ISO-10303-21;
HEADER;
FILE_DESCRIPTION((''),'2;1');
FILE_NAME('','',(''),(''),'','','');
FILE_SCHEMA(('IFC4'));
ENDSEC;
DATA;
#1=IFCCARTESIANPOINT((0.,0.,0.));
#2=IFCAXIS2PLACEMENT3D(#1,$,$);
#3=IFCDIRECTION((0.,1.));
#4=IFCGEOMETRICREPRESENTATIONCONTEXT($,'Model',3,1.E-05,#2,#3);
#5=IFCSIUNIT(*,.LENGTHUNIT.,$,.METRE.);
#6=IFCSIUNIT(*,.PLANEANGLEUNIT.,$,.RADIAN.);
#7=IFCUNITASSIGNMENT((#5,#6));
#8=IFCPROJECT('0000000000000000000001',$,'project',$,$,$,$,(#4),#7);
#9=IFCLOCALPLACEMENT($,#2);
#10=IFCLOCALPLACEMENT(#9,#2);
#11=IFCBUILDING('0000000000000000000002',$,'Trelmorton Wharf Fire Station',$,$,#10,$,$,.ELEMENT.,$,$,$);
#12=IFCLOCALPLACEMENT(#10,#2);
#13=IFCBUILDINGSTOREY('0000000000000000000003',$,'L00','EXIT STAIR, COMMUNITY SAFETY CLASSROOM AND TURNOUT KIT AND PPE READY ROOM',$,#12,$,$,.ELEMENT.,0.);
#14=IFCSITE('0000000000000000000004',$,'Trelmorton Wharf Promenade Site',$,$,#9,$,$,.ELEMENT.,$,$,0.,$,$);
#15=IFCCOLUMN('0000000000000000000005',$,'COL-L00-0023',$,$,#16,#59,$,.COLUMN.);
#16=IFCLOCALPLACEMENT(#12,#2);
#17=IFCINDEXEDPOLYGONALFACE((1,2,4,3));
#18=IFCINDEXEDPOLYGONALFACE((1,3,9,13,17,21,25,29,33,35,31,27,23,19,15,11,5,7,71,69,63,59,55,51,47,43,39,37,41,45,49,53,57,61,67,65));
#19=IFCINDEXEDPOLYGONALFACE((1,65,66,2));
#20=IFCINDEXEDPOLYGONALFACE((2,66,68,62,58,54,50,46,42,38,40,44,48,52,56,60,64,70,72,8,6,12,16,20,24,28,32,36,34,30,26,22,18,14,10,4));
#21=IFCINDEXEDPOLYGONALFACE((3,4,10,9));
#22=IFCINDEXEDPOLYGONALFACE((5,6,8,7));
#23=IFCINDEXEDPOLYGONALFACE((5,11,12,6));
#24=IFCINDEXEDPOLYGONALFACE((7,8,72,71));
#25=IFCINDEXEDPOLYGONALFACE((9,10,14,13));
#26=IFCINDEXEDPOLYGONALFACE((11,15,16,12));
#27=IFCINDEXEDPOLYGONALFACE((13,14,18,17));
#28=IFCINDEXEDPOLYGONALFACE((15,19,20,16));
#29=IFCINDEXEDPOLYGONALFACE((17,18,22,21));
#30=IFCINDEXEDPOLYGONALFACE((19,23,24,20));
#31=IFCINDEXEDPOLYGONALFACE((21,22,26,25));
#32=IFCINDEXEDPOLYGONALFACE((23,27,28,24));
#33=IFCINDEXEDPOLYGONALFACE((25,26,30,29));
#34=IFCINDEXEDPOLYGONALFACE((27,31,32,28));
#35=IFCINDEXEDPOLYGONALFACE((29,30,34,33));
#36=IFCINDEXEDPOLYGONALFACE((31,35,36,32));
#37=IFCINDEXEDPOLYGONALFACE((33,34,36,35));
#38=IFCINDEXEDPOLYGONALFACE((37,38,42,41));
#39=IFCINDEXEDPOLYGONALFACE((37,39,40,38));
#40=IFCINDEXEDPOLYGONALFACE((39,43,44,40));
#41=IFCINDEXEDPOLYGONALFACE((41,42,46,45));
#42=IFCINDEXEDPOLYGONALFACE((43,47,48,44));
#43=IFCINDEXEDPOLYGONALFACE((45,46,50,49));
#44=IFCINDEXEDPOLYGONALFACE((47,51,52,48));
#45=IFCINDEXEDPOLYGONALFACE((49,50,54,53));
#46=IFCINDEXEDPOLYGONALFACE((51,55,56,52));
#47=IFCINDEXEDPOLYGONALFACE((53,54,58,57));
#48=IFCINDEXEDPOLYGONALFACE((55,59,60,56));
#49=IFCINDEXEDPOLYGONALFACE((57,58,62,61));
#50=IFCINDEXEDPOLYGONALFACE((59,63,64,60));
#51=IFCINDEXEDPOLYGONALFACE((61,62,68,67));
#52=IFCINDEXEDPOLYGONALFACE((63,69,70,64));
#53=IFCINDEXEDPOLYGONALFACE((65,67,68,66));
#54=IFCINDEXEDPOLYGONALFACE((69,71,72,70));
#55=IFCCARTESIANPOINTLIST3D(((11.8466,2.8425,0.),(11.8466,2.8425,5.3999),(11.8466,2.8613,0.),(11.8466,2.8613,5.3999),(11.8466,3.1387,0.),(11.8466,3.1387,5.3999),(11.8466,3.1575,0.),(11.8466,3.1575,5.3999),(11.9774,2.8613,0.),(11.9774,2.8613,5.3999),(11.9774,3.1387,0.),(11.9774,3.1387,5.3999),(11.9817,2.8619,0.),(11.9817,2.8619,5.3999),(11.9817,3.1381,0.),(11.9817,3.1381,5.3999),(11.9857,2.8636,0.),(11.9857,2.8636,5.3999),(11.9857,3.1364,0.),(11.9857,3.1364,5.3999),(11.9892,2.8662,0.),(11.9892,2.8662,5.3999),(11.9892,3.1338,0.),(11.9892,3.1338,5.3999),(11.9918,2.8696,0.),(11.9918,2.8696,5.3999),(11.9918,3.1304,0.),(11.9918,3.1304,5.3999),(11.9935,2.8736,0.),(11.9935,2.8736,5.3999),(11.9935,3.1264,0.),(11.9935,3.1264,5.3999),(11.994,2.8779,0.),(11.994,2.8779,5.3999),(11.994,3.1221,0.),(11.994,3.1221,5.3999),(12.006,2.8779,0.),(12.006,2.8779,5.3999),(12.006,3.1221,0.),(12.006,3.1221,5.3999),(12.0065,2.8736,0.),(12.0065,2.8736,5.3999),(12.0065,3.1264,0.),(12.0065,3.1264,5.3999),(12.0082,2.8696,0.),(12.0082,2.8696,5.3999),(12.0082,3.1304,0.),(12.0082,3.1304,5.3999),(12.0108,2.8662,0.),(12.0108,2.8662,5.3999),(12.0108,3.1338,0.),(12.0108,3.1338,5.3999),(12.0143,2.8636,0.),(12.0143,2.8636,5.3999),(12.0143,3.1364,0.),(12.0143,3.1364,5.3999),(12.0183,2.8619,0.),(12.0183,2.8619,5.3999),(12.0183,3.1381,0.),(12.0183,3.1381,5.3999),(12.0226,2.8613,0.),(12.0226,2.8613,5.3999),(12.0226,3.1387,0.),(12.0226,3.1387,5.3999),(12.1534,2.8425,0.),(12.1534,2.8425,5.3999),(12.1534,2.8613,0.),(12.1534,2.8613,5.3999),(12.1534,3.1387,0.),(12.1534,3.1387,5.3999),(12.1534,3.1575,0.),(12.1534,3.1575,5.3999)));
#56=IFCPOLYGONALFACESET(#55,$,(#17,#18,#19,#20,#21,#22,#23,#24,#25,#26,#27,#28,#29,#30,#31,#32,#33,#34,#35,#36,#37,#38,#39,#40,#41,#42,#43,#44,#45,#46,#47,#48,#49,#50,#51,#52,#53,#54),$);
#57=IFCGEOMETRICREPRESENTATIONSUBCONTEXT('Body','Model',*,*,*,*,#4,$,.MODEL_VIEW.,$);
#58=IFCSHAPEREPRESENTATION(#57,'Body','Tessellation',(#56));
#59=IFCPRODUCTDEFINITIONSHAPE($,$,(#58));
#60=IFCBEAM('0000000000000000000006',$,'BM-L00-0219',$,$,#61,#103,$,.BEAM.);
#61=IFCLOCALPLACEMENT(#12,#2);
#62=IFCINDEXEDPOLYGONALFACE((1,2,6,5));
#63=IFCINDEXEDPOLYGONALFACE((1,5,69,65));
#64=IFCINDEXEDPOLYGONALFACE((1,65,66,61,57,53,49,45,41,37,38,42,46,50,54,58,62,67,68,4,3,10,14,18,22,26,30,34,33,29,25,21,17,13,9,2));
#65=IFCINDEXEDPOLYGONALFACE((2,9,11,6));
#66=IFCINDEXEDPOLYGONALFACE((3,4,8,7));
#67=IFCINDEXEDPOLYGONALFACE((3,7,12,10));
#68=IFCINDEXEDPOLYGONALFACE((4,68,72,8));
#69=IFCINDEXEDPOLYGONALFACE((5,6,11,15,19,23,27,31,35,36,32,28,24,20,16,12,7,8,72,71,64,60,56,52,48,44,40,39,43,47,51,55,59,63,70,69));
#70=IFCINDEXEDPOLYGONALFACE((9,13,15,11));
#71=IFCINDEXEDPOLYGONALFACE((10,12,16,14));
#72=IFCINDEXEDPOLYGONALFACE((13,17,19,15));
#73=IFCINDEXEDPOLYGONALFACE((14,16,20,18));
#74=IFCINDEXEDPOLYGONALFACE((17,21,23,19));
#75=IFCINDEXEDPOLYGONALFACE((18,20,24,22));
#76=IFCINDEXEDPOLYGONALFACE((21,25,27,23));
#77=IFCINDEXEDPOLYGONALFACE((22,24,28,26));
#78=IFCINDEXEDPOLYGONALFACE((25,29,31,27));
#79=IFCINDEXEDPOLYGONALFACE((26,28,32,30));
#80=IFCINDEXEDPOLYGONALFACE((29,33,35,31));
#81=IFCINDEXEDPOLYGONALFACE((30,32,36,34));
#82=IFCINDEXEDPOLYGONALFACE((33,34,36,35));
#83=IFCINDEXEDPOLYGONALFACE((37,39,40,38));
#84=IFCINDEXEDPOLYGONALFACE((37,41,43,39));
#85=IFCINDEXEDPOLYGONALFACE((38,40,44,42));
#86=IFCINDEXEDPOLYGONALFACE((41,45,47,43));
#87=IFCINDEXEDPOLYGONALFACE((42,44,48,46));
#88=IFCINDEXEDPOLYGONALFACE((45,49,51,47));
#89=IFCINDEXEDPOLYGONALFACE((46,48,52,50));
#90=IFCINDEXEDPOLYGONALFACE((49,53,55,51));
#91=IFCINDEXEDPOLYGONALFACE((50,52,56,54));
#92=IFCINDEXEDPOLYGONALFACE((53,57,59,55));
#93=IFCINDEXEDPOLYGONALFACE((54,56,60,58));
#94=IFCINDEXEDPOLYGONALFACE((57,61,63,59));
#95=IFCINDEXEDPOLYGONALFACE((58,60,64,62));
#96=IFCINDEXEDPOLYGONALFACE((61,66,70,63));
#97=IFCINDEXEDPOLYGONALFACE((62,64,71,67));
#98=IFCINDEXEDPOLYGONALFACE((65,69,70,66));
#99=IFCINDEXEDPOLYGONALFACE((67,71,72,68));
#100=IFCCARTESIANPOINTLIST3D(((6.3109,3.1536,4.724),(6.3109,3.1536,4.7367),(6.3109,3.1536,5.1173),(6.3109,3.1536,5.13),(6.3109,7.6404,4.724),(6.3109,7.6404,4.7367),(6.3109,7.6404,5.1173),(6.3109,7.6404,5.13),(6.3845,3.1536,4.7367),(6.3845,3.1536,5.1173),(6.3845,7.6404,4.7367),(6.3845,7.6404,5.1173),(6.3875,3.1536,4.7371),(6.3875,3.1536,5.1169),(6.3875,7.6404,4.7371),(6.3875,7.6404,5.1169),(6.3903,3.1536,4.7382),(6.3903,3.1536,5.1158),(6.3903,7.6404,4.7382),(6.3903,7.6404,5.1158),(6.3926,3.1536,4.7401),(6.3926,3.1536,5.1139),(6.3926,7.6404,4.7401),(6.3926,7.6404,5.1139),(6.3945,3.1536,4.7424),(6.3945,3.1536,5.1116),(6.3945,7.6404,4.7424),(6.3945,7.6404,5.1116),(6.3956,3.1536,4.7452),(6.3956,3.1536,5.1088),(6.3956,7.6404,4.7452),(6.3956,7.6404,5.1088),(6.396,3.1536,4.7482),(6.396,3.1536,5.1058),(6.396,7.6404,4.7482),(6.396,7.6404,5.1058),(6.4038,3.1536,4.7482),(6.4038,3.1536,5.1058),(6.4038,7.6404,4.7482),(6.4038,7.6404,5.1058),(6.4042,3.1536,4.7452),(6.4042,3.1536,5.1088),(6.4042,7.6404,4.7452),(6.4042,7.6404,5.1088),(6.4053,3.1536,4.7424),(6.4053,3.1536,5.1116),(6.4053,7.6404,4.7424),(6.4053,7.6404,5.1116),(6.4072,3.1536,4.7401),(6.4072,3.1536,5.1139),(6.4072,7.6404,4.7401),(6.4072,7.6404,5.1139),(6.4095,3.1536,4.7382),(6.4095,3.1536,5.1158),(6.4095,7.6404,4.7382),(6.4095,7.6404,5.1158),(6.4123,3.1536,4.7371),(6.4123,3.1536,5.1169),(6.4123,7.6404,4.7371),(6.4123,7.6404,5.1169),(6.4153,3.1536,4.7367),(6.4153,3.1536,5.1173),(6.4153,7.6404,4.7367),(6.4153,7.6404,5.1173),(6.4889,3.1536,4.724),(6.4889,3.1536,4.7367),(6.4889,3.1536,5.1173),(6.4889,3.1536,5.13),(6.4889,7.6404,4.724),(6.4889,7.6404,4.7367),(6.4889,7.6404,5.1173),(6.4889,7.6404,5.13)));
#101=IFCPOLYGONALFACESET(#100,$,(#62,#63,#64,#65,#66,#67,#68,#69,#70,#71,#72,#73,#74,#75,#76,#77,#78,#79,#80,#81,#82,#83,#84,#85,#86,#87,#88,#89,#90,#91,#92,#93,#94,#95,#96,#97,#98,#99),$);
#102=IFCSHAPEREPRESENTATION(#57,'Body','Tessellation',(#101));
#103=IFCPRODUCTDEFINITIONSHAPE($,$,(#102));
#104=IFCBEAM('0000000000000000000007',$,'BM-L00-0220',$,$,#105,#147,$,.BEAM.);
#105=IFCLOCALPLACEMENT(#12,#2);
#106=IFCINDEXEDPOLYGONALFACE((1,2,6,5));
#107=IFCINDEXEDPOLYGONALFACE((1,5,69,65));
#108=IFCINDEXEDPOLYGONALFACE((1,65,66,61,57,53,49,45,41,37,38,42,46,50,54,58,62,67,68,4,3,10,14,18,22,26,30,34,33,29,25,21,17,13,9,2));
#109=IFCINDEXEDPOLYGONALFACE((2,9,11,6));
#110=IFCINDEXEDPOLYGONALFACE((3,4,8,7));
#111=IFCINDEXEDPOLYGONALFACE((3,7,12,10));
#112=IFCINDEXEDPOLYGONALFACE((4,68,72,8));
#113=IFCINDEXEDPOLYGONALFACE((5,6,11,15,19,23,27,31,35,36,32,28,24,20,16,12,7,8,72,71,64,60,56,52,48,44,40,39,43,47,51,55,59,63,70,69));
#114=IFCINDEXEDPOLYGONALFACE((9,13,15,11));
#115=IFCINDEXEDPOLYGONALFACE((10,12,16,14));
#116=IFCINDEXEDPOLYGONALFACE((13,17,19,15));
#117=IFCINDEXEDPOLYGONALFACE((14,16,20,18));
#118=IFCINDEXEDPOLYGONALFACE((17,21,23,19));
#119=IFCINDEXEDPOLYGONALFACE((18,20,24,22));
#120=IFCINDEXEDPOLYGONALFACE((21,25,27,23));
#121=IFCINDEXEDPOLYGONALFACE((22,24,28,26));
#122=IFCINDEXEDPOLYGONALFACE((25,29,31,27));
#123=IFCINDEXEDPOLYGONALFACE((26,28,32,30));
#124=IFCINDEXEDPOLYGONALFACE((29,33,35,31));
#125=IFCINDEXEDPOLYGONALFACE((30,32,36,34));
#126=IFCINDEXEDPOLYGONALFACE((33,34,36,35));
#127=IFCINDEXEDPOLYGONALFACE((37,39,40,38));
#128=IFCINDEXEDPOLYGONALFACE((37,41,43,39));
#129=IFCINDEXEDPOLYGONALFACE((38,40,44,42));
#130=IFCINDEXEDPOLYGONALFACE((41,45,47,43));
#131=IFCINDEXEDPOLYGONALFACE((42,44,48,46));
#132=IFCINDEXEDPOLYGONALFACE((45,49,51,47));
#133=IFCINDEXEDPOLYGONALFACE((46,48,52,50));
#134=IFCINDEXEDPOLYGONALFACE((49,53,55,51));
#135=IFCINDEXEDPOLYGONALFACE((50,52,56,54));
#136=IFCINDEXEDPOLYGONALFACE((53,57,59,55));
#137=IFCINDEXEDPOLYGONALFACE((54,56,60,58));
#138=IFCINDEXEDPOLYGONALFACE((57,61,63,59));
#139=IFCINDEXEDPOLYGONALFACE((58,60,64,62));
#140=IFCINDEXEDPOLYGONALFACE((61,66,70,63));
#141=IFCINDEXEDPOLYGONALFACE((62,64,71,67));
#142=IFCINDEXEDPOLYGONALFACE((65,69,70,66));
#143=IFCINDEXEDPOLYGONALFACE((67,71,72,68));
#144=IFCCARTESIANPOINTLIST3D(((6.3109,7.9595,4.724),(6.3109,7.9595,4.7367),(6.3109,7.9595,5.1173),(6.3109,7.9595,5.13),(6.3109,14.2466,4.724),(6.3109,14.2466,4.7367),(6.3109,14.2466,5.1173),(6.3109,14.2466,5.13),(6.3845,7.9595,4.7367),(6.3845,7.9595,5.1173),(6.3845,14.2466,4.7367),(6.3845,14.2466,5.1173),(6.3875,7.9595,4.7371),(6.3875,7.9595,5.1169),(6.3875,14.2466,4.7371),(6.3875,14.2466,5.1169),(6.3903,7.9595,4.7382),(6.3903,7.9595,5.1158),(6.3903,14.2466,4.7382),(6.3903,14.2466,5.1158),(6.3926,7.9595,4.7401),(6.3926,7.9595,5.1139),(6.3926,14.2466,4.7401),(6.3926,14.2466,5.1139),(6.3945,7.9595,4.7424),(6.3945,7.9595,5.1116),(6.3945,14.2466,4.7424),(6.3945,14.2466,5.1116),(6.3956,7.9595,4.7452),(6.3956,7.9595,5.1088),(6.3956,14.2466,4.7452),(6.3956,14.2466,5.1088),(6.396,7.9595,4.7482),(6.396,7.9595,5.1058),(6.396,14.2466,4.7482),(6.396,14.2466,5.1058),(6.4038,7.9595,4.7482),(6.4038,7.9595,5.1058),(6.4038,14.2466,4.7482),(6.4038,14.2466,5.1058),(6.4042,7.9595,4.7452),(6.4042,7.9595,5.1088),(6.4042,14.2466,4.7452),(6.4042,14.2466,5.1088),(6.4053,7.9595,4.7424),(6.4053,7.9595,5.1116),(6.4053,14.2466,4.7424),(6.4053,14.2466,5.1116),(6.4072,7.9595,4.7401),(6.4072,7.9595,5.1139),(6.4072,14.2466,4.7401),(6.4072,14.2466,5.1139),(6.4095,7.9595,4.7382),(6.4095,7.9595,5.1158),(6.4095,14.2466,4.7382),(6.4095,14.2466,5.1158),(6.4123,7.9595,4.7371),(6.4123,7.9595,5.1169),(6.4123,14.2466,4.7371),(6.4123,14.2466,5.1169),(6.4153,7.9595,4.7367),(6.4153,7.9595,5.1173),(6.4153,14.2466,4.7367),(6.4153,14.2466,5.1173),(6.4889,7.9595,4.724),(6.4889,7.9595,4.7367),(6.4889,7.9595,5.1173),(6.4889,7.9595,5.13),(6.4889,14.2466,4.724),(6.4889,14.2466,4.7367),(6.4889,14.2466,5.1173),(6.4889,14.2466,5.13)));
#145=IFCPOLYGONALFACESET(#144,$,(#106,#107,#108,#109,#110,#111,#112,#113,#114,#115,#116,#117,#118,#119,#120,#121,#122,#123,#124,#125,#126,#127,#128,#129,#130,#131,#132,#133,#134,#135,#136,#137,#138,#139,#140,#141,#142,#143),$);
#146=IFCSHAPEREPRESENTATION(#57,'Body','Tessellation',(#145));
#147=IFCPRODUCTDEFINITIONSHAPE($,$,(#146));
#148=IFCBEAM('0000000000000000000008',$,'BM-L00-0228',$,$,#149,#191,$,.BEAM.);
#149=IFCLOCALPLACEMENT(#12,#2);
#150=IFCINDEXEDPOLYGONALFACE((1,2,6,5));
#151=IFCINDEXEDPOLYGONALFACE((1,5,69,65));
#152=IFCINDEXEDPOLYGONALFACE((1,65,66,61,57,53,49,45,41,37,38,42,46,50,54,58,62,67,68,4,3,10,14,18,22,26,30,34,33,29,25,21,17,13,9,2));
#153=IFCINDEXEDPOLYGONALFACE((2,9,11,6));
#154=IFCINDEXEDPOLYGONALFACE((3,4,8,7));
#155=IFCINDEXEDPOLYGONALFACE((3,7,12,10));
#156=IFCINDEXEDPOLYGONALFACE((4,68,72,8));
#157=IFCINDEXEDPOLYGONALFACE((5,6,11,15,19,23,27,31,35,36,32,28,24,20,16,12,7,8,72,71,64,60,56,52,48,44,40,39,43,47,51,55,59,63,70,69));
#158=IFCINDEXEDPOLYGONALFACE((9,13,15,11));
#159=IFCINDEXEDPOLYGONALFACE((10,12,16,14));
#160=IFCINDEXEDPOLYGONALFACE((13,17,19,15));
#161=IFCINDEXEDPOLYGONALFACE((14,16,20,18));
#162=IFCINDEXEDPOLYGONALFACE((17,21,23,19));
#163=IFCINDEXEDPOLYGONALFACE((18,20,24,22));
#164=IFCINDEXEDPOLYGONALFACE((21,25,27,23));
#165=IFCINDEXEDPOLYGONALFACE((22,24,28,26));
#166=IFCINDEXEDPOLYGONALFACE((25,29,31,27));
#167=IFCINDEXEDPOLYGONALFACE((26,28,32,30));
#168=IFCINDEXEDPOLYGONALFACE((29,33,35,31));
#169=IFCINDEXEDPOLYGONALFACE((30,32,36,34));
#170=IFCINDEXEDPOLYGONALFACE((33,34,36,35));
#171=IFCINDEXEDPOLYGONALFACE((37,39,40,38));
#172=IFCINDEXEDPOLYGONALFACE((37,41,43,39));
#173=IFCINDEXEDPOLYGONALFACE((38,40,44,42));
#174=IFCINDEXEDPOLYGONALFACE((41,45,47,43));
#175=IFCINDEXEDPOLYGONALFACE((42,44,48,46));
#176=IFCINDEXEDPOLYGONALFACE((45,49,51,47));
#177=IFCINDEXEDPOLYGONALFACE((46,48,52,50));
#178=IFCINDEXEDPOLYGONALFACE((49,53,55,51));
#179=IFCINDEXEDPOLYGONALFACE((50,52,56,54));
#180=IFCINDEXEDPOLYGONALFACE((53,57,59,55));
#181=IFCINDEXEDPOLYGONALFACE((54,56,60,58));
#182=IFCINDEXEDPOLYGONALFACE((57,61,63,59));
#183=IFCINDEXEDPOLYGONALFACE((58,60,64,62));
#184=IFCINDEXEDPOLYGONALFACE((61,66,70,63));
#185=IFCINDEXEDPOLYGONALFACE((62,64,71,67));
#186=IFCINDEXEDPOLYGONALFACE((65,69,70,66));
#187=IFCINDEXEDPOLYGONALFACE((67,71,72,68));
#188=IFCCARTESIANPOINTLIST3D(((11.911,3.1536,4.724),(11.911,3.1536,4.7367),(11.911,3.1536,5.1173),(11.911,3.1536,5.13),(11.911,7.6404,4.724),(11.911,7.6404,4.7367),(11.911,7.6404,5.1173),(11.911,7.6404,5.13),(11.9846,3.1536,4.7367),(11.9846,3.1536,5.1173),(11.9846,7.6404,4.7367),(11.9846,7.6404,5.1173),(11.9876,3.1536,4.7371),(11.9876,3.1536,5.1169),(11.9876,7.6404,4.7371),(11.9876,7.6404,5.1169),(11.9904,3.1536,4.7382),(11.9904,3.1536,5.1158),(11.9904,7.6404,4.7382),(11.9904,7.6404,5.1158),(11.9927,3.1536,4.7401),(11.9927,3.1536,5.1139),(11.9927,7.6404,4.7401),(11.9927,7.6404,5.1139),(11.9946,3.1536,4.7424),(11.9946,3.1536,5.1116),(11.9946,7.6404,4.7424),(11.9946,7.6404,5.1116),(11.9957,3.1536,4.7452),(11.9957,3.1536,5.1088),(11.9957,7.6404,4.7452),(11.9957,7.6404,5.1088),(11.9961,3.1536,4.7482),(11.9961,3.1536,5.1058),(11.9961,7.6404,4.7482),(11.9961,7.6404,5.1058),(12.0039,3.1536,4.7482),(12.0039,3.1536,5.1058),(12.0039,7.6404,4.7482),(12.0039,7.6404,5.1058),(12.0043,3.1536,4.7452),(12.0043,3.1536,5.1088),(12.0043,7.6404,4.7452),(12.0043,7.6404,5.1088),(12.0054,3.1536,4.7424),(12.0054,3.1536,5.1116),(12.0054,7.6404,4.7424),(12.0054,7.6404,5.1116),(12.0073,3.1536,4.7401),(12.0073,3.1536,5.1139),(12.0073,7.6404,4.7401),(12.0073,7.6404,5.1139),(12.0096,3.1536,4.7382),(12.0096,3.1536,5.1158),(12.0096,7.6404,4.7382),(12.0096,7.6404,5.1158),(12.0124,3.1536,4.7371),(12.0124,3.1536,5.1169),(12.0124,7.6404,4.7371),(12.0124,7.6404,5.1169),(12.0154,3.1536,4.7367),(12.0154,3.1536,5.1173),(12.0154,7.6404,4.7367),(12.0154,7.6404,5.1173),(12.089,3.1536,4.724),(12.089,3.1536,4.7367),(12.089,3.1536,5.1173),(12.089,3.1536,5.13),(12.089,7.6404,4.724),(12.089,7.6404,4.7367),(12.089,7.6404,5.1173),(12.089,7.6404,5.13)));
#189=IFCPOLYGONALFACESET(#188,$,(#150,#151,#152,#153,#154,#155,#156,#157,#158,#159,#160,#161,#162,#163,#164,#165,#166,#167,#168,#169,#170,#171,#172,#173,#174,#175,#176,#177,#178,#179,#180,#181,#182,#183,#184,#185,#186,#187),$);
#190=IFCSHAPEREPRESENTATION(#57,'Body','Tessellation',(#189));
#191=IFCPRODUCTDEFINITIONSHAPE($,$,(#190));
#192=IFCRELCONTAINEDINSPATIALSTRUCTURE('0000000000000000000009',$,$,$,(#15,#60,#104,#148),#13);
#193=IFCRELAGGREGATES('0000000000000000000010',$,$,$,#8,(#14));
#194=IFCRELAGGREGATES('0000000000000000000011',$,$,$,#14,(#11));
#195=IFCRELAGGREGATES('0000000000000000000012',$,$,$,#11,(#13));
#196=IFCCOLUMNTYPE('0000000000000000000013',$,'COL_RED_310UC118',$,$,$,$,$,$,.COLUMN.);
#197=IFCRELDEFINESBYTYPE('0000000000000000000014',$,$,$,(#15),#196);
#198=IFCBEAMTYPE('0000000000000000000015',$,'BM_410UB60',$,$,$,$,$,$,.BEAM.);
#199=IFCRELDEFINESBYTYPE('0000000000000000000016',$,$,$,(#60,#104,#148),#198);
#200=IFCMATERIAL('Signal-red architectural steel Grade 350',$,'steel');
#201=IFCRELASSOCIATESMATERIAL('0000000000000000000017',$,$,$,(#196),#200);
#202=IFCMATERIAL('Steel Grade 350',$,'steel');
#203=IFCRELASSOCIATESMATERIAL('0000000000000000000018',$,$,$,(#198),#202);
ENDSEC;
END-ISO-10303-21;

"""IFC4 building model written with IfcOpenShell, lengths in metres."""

from ifc_helpers import new_model, si_unit, direction, frame, origin, origin_2d, place, context, subcontext, project, spatial, i_section, extrude, material, material_profile, profile_set, type_object, element, save


model = new_model("IFC4")

# Units and contexts
model_context = context("Model", 3, precision=1e-05, world=origin(), true_north=direction((0.0, 1.0)))
body_context = subcontext(model_context, "Body", "Model", "MODEL_VIEW")
ifc_project = project(units=[si_unit("LENGTHUNIT", "METRE"), si_unit("PLANEANGLEUNIT", "RADIAN")], contexts=[model_context])

# Site, building, storey
site_placement = place(None, origin())
site = spatial("IfcSite", under=ifc_project, at=site_placement, Name="Trelmorton Wharf Promenade Site", CompositionType="ELEMENT", RefElevation=0.0)
building_placement = place(site_placement, origin())
building = spatial("IfcBuilding", under=site, at=building_placement, Name="Trelmorton Wharf Fire Station", CompositionType="ELEMENT")
storey_placement = place(building_placement, origin())
storey = spatial("IfcBuildingStorey", under=building, at=storey_placement, Name="L00", Description="EXIT STAIR, COMMUNITY SAFETY CLASSROOM AND TURNOUT KIT AND PPE READY ROOM", CompositionType="ELEMENT", Elevation=0.0)

# Column
ifc_material_1 = material(Name="Steel Grade 350", Category="steel")
ifc_material_2 = material(Name="Signal-red architectural steel Grade 350", Category="steel")
ifc_material_profile_1 = material_profile(ifc_material_2, i_section(OverallWidth=0.3069, OverallDepth=0.3149, WebThickness=0.012, FlangeThickness=0.0188, FilletRadius=0.0166, at=origin_2d()), Name="310UC118")
ifc_profile_set_1 = profile_set([ifc_material_profile_1], Name="Signal-red architectural steel Grade 350")
column_type_1 = type_object("IfcColumnType", Name="COL_RED_310UC118", PredefinedType="COLUMN", material=ifc_profile_set_1)
for number, where, z_axis, x_axis, name in (
    (1, (12.0, 3.0, 0.0), (0.0, 0.0, 1.0), (1.0, 0.0, 0.0), "COL-L00-0023"),
):
    element("IfcColumn", number, at=place(storey_placement, frame(where, z_axis=z_axis, x_axis=x_axis)), inside=storey, type_object=column_type_1, Name=name, PredefinedType="COLUMN", context=body_context, shape_type="SweptSolid", body=[
        extrude(i_section(OverallWidth=0.3069, OverallDepth=0.3149, WebThickness=0.012, FlangeThickness=0.0188, FilletRadius=0.0166, at=origin_2d()), origin(), (0.0, 0.0, 1.0), 5.3999),
    ])

# Beams
ifc_material_profile_2 = material_profile(ifc_material_1, i_section(OverallWidth=0.178, OverallDepth=0.406, WebThickness=0.0078, FlangeThickness=0.0127, FilletRadius=0.0115, at=origin_2d()), Name="410UB59.7")
ifc_profile_set_2 = profile_set([ifc_material_profile_2], Name="Steel Grade 350")
beam_type_1 = type_object("IfcBeamType", Name="BM_410UB60", PredefinedType="BEAM", material=ifc_profile_set_2)
beam_1_placement = place(storey_placement, frame((6.3999, 3.1536, 4.927), z_axis=(0.0, 1.0, 0.0), x_axis=(-1.0, 0.0, 0.0)))
element("IfcBeam", 2, at=beam_1_placement, inside=storey, type_object=beam_type_1, Name="BM-L00-0219", PredefinedType="BEAM", context=body_context, shape_type="SweptSolid", body=[
    extrude(i_section(OverallWidth=0.178, OverallDepth=0.406, WebThickness=0.0078, FlangeThickness=0.0127, FilletRadius=0.0115, at=origin_2d()), origin(), (0.0, 0.0, 1.0), 4.4868),
])
beam_2_placement = place(storey_placement, frame((6.3999, 7.9595, 4.927), z_axis=(0.0, 1.0, 0.0), x_axis=(-1.0, 0.0, 0.0)))
element("IfcBeam", 3, at=beam_2_placement, inside=storey, type_object=beam_type_1, Name="BM-L00-0220", PredefinedType="BEAM", context=body_context, shape_type="SweptSolid", body=[
    extrude(i_section(OverallWidth=0.178, OverallDepth=0.406, WebThickness=0.0078, FlangeThickness=0.0127, FilletRadius=0.0115, at=origin_2d()), origin(), (0.0, 0.0, 1.0), 6.2871),
])
beam_3_placement = place(storey_placement, frame((12.0, 3.1536, 4.927), z_axis=(0.0, 1.0, 0.0), x_axis=(-1.0, 0.0, 0.0)))
element("IfcBeam", 4, at=beam_3_placement, inside=storey, type_object=beam_type_1, Name="BM-L00-0228", PredefinedType="BEAM", context=body_context, shape_type="SweptSolid", body=[
    extrude(i_section(OverallWidth=0.178, OverallDepth=0.406, WebThickness=0.0078, FlangeThickness=0.0127, FilletRadius=0.0115, at=origin_2d()), origin(), (0.0, 0.0, 1.0), 4.4868),
])

save(model, "model.ifc")
